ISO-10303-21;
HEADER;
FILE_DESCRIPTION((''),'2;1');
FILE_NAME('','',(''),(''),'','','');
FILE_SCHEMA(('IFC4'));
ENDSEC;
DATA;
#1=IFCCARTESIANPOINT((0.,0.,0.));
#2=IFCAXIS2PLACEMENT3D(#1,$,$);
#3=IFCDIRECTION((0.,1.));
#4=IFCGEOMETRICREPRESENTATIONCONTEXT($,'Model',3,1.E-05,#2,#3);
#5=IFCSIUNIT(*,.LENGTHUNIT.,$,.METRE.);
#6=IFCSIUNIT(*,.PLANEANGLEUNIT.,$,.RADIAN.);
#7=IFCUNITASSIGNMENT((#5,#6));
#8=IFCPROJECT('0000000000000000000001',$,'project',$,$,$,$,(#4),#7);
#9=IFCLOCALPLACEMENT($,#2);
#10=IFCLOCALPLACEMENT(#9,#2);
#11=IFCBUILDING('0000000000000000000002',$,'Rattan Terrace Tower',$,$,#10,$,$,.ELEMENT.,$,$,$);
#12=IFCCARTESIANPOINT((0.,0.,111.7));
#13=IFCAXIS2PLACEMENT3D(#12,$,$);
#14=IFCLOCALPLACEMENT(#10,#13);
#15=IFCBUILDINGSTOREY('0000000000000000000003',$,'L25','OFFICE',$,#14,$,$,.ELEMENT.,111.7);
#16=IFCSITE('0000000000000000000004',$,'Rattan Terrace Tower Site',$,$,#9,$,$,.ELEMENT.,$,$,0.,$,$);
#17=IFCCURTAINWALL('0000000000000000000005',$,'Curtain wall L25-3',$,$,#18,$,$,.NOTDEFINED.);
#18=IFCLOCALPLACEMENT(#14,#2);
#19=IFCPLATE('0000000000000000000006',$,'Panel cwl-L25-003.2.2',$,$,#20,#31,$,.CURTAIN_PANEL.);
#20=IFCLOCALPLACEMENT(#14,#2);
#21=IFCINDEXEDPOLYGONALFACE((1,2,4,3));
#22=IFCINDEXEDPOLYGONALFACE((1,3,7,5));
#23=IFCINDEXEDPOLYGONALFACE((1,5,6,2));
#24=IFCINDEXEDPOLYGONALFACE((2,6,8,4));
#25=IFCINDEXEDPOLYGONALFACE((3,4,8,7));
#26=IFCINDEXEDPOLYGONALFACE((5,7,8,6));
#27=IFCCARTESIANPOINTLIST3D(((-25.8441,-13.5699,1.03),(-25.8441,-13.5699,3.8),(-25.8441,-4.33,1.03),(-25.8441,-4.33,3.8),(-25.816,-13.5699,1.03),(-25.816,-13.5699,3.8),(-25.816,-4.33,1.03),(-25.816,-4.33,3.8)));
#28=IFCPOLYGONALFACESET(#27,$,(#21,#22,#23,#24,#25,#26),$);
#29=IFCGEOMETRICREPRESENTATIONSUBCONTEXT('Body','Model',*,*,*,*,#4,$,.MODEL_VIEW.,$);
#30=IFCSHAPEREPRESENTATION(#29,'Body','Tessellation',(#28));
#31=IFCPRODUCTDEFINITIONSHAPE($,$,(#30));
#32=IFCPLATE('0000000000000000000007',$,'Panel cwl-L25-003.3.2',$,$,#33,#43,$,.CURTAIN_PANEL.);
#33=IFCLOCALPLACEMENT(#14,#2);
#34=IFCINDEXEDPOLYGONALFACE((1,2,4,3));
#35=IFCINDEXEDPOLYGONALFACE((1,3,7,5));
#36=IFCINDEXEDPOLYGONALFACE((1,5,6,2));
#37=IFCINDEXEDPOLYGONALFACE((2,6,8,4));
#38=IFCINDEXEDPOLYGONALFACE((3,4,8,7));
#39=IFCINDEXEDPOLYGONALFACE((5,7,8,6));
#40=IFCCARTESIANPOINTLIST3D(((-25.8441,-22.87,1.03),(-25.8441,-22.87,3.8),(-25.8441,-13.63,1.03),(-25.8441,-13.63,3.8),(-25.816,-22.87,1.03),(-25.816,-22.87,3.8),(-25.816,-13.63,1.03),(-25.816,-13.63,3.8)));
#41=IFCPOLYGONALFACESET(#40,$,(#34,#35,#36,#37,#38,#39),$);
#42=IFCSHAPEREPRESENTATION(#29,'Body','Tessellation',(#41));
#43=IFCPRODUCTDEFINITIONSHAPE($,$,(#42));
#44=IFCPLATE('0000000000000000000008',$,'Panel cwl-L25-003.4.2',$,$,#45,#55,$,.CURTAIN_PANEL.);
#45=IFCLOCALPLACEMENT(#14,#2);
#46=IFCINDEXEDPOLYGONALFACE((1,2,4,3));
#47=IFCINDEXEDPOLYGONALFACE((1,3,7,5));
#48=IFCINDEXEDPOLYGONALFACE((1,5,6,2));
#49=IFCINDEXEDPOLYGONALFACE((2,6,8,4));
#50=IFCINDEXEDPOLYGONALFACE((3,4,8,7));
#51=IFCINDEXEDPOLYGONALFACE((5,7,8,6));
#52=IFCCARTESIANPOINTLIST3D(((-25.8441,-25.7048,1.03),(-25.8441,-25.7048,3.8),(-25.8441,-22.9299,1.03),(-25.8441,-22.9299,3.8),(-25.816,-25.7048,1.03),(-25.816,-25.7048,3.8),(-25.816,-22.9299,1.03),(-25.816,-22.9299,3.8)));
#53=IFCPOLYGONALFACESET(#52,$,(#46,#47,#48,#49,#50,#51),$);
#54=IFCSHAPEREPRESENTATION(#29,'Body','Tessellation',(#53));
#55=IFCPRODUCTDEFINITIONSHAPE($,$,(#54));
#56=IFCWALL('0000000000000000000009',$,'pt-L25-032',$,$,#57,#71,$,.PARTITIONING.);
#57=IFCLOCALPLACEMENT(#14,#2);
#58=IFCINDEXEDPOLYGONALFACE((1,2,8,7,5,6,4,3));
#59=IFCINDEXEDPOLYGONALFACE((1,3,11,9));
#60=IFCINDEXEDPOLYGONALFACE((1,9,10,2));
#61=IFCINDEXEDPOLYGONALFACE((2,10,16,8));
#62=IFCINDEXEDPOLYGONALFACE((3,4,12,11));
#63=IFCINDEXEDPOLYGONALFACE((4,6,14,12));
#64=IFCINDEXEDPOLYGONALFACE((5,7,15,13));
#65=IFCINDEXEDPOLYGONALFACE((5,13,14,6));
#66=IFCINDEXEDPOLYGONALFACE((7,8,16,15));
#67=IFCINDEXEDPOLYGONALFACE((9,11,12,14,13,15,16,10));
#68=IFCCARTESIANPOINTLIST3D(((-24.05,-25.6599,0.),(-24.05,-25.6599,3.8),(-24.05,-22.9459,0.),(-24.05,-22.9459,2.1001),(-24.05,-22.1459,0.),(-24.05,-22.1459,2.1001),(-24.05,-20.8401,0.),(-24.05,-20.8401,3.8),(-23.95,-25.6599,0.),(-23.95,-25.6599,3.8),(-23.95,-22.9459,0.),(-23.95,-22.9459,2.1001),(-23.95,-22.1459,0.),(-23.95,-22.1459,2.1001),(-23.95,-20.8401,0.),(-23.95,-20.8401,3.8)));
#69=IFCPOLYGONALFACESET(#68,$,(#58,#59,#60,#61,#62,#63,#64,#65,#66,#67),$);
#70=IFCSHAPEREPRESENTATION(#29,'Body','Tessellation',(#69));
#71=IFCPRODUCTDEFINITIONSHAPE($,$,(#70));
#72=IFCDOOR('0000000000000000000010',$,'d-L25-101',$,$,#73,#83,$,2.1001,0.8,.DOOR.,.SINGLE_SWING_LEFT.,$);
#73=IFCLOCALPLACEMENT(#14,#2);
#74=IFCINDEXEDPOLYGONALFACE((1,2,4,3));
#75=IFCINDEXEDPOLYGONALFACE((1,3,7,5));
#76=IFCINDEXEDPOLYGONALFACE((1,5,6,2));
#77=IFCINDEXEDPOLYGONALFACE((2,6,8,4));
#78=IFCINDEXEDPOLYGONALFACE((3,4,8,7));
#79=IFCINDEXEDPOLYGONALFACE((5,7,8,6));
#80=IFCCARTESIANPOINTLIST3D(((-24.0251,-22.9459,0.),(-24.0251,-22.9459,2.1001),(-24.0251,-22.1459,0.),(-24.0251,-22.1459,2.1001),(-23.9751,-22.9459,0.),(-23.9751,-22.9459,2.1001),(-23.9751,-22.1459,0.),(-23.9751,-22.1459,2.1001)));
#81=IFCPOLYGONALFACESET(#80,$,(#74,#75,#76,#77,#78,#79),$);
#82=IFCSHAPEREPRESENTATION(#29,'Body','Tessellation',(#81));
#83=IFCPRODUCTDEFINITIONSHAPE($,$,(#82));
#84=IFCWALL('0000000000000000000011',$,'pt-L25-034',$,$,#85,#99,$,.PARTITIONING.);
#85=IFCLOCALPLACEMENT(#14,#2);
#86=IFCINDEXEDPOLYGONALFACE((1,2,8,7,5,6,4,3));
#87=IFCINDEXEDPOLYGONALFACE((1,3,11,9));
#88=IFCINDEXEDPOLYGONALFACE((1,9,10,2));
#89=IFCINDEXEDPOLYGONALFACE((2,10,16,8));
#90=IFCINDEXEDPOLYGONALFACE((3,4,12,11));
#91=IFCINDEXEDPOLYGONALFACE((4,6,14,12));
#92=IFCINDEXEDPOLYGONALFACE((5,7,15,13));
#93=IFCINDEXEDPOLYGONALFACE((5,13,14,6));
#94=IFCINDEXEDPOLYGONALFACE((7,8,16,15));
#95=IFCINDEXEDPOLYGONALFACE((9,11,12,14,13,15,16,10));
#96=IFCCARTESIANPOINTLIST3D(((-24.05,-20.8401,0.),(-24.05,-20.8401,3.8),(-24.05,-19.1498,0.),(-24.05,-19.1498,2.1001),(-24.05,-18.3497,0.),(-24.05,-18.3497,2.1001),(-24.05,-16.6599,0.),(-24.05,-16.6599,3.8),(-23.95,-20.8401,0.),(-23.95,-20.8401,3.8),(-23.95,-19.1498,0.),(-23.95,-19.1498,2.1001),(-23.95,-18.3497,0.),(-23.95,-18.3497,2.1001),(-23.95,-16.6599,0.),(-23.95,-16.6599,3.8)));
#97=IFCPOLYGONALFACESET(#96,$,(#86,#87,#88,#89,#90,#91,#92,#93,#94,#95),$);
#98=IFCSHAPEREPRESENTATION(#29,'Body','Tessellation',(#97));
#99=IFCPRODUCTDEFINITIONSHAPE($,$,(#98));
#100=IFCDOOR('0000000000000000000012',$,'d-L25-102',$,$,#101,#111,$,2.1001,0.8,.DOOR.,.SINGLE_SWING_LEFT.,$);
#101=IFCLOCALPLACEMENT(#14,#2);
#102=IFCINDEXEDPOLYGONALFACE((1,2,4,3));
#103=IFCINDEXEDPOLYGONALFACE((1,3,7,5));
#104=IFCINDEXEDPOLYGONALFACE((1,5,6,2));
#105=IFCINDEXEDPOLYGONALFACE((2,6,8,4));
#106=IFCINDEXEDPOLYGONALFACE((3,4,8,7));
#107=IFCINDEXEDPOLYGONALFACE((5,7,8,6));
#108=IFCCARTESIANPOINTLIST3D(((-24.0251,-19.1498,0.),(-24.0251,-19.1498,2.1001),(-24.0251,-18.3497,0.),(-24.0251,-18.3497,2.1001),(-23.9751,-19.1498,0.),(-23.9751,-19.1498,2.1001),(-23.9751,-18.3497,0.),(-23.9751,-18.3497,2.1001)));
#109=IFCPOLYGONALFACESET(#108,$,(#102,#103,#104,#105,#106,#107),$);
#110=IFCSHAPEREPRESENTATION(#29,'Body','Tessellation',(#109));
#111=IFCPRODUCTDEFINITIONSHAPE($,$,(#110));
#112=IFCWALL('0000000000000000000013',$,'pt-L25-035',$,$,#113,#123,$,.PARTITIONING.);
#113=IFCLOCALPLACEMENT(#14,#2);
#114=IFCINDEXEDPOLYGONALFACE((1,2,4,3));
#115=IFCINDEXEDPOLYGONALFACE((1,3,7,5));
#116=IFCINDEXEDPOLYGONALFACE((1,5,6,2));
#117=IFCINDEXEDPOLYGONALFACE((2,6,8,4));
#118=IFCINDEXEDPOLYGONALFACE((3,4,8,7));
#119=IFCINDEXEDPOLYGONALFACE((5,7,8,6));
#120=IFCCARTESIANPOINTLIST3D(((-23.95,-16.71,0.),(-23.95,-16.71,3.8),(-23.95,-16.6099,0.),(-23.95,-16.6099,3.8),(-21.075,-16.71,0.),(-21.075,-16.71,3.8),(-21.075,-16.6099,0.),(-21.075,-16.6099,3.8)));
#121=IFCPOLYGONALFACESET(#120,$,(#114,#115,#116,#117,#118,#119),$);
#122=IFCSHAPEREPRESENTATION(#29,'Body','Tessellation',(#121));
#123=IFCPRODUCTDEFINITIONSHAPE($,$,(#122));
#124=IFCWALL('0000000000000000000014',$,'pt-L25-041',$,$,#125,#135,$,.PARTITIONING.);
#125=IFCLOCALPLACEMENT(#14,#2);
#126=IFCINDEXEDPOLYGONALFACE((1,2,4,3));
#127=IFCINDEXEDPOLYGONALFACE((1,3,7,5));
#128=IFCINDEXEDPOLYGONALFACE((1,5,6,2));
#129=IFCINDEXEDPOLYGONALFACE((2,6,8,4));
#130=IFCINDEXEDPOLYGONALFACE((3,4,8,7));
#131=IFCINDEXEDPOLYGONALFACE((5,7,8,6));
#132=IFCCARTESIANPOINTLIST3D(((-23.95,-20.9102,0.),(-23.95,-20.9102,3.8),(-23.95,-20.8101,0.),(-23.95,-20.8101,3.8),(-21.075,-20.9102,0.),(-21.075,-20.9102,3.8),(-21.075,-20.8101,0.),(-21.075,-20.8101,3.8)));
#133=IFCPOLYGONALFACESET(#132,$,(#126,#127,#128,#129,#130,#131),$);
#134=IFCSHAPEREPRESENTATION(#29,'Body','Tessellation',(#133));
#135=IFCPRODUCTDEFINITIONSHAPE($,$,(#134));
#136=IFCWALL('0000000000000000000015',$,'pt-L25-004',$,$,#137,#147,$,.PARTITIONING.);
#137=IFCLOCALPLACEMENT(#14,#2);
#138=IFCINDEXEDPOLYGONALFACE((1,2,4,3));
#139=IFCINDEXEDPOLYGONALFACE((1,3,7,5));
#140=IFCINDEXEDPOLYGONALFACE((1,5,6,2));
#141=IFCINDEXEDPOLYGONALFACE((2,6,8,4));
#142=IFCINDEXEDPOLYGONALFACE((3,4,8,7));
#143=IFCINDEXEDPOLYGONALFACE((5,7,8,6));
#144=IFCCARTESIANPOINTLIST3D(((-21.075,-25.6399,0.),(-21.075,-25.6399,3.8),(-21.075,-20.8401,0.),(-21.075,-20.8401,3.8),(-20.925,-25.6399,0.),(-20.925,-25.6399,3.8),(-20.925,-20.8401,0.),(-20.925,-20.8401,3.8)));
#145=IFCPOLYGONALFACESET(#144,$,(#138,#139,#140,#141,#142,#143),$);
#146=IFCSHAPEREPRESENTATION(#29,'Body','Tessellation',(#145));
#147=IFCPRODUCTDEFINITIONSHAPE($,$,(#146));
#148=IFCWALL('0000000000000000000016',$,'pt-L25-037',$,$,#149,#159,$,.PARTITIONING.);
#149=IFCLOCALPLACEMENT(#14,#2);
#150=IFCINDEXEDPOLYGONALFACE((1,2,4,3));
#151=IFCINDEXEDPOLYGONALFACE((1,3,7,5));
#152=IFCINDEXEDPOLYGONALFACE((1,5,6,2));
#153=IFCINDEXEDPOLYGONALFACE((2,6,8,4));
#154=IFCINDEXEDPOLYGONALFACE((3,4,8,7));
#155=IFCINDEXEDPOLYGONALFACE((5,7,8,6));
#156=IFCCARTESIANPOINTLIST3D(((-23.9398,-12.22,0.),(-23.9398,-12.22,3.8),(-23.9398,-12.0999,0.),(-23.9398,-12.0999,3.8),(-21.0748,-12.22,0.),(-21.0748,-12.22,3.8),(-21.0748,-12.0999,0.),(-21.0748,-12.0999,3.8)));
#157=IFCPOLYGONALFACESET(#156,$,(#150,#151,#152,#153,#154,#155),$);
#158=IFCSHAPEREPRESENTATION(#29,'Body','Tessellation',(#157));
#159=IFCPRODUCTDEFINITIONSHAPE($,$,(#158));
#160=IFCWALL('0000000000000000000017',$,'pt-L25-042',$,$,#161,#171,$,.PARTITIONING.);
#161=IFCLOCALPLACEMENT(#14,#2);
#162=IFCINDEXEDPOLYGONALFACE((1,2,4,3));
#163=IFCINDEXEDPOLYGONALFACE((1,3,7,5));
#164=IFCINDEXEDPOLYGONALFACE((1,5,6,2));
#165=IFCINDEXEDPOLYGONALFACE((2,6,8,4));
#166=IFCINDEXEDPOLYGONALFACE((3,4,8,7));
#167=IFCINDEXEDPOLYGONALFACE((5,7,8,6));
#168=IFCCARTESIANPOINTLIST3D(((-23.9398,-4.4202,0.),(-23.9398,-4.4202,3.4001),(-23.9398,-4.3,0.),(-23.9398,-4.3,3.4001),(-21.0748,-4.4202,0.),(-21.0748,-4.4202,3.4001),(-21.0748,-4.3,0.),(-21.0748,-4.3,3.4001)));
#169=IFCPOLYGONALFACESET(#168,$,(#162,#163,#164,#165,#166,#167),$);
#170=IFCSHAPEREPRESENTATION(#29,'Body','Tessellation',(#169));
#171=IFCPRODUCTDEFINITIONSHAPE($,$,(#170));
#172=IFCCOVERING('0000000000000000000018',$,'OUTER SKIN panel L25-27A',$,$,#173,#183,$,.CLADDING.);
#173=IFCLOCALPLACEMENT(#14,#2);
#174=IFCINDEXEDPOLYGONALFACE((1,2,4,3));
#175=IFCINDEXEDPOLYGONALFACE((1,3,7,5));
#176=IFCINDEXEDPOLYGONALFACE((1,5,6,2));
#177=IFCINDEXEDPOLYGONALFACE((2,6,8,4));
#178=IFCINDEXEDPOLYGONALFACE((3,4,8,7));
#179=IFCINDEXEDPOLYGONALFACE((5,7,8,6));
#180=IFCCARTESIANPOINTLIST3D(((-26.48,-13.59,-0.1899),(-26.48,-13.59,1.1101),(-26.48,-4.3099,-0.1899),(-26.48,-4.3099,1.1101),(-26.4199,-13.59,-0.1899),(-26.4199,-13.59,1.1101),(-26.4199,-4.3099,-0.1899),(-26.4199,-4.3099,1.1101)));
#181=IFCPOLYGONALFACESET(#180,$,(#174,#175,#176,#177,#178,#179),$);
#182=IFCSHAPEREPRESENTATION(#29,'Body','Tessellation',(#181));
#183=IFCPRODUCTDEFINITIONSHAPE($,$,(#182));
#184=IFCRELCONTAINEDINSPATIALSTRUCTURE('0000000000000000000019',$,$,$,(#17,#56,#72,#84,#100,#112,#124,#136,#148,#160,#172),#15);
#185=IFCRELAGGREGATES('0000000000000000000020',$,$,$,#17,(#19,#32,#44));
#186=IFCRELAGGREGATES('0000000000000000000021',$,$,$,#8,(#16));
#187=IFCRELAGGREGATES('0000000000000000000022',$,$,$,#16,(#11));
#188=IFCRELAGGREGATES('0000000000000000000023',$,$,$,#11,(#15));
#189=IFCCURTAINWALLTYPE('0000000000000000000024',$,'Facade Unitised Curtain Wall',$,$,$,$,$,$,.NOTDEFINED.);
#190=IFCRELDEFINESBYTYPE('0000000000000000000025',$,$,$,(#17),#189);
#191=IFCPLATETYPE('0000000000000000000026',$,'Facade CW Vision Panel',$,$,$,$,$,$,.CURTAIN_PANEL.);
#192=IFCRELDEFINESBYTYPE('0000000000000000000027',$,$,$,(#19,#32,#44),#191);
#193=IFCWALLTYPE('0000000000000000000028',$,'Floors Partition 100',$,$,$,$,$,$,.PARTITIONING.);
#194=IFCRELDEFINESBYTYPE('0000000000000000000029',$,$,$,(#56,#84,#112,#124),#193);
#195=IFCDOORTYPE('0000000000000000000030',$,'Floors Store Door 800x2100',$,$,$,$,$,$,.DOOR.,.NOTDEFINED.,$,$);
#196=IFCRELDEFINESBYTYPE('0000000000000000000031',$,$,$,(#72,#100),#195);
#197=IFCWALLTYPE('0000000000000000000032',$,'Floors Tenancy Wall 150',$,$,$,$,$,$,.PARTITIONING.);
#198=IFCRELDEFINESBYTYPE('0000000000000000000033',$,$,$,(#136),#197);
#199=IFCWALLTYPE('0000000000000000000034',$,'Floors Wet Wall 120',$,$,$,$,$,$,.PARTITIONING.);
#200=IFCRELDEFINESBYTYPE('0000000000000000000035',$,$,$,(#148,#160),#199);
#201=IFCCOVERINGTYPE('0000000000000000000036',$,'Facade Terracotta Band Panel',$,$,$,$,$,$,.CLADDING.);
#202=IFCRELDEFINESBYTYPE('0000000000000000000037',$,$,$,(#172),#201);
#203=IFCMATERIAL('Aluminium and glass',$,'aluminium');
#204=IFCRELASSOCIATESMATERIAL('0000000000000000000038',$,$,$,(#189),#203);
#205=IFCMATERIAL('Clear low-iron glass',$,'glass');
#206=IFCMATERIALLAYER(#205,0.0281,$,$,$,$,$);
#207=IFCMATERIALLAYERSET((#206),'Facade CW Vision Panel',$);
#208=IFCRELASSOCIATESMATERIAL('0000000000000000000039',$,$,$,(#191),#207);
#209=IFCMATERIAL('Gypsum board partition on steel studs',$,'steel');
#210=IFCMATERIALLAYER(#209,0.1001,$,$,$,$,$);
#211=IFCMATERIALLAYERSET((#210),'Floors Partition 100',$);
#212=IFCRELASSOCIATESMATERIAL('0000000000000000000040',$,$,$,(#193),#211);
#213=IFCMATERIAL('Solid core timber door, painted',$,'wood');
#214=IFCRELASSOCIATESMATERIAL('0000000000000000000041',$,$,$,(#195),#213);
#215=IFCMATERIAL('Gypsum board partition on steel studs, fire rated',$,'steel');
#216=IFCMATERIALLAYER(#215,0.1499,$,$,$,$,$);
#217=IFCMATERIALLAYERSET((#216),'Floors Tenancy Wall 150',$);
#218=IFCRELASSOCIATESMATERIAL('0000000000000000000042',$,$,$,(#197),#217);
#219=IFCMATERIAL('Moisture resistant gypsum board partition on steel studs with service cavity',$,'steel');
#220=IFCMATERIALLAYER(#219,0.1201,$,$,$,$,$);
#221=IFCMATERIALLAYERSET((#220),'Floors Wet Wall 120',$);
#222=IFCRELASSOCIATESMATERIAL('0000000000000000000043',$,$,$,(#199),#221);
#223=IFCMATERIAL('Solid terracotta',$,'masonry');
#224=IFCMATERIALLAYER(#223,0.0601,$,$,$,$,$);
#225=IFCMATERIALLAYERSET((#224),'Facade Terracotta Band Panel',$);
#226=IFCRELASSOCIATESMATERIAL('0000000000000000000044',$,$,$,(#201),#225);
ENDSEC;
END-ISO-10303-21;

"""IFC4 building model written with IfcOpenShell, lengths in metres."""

from ifc_helpers import new_model, si_unit, direction, frame, frame_2d, origin, origin_2d, place, context, subcontext, project, spatial, rectangle, extrude, material, layer, layer_set, type_object, element, fill, aggregate, save


model = new_model("IFC4")

# Units and contexts
model_context = context("Model", 3, precision=1e-05, world=origin(), true_north=direction((0.0, 1.0)))
body_context = subcontext(model_context, "Body", "Model", "MODEL_VIEW")
ifc_project = project(units=[si_unit("LENGTHUNIT", "METRE"), si_unit("PLANEANGLEUNIT", "RADIAN")], contexts=[model_context])

# Site, building, storey
site_placement = place(None, origin())
site = spatial("IfcSite", under=ifc_project, at=site_placement, Name="Rattan Terrace Tower Site", CompositionType="ELEMENT", RefElevation=0.0)
building_placement = place(site_placement, origin())
building = spatial("IfcBuilding", under=site, at=building_placement, Name="Rattan Terrace Tower", CompositionType="ELEMENT")
storey_placement = place(building_placement, frame((0.0, 0.0, 111.7)))
storey = spatial("IfcBuildingStorey", under=building, at=storey_placement, Name="L25", Description="OFFICE", CompositionType="ELEMENT", Elevation=111.7)

# Curtain wall
ifc_material_1 = material(Name="Aluminium and glass", Category="aluminium")
curtain_wall_type = type_object("IfcCurtainWallType", Name="Facade Unitised Curtain Wall", PredefinedType="NOTDEFINED", material=ifc_material_1)
curtain_wall_placement = place(storey_placement, origin())
curtain_wall = element("IfcCurtainWall", 1, at=curtain_wall_placement, inside=storey, type_object=curtain_wall_type, Name="Curtain wall L25-3", PredefinedType="NOTDEFINED")

# Plates
ifc_material_2 = material(Name="Clear low-iron glass", Category="glass")
ifc_layer_1 = layer(ifc_material_2, 0.0281)
ifc_layer_set_1 = layer_set([ifc_layer_1], Name="Facade CW Vision Panel")
plate_type_1 = type_object("IfcPlateType", Name="Facade CW Vision Panel", PredefinedType="CURTAIN_PANEL", material=ifc_layer_set_1)
plate_1_placement = place(storey_placement, frame((-25.8301, -8.95, 1.03), z_axis=(0.0, 0.0, 1.0), x_axis=(0.0, -1.0, 0.0)))
plate_1 = element("IfcPlate", 2, at=plate_1_placement, type_object=plate_type_1, Name="Panel cwl-L25-003.2.2", PredefinedType="CURTAIN_PANEL", context=body_context, shape_type="SweptSolid", body=[
    extrude(rectangle(XDim=9.24, YDim=0.0281, at=origin_2d()), origin(), (0.0, 0.0, 1.0), 2.77),
])
plate_2_placement = place(storey_placement, frame((-25.8301, -18.25, 1.03), z_axis=(0.0, 0.0, 1.0), x_axis=(0.0, -1.0, 0.0)))
plate_2 = element("IfcPlate", 3, at=plate_2_placement, type_object=plate_type_1, Name="Panel cwl-L25-003.3.2", PredefinedType="CURTAIN_PANEL", context=body_context, shape_type="SweptSolid", body=[
    extrude(rectangle(XDim=9.24, YDim=0.0281, at=origin_2d()), origin(), (0.0, 0.0, 1.0), 2.77),
])
plate_3_placement = place(storey_placement, frame((-25.8301, -24.3174, 1.03), z_axis=(0.0, 0.0, 1.0), x_axis=(0.0, -1.0, 0.0)))
plate_3 = element("IfcPlate", 4, at=plate_3_placement, type_object=plate_type_1, Name="Panel cwl-L25-003.4.2", PredefinedType="CURTAIN_PANEL", context=body_context, shape_type="SweptSolid", body=[
    extrude(rectangle(XDim=2.7749, YDim=0.0281, at=origin_2d()), origin(), (0.0, 0.0, 1.0), 2.77),
])
aggregate(curtain_wall, [plate_1, plate_2, plate_3])

# Walls, openings, doors
ifc_material_3 = material(Name="Gypsum board partition on steel studs", Category="steel")
ifc_layer_2 = layer(ifc_material_3, 0.1001)
ifc_layer_set_2 = layer_set([ifc_layer_2], Name="Floors Partition 100")
wall_type_1 = type_object("IfcWallType", Name="Floors Partition 100", PredefinedType="PARTITIONING", material=ifc_layer_set_2)
wall_1_placement = place(storey_placement, frame((-24.0, -20.8401, 0.0), z_axis=(0.0, 0.0, 1.0), x_axis=(0.0, -1.0, 0.0)))
wall_1 = element("IfcWall", 5, at=wall_1_placement, inside=storey, type_object=wall_type_1, Name="pt-L25-032", PredefinedType="PARTITIONING", context=body_context, shape_type="SweptSolid", body=[
    extrude(rectangle(XDim=4.8198, YDim=0.1001, at=frame_2d((2.4099, 0.0))), origin(), (0.0, 0.0, 1.0), 3.8),
])
opening_1_placement = place(wall_1_placement, frame((1.3059, 0.0, 0.0)))
opening_1 = element("IfcOpeningElement", 6, at=opening_1_placement, cuts=wall_1, PredefinedType="OPENING", context=body_context, shape_type="SweptSolid", body=[
    extrude(rectangle(XDim=0.8, YDim=2.1001, at=frame_2d((0.3999, 1.05))), frame((0.0, 0.0605, 0.0), z_axis=(0.0, -1.0, 0.0), x_axis=(1.0, 0.0, 0.0)), (0.0, 0.0, 1.0), 0.1211),
])
ifc_material_4 = material(Name="Solid core timber door, painted", Category="wood")
door_type = type_object("IfcDoorType", Name="Floors Store Door 800x2100", OperationType="NOTDEFINED", PredefinedType="DOOR", material=ifc_material_4)
door_1_placement = place(opening_1_placement, origin())
door_1 = element("IfcDoor", 7, at=door_1_placement, inside=storey, type_object=door_type, Name="d-L25-101", OperationType="SINGLE_SWING_LEFT", OverallHeight=2.1001, OverallWidth=0.8, PredefinedType="DOOR", context=body_context, shape_type="SweptSolid", body=[
    extrude(rectangle(XDim=0.8, YDim=2.1001, at=frame_2d((0.3999, 1.05))), frame((0.0, 0.0249, 0.0), z_axis=(0.0, -1.0, 0.0), x_axis=(1.0, 0.0, 0.0)), (0.0, 0.0, 1.0), 0.05),
])
fill(opening_1, door_1)
wall_2_placement = place(storey_placement, frame((-24.0, -16.6599, 0.0), z_axis=(0.0, 0.0, 1.0), x_axis=(0.0, -1.0, 0.0)))
wall_2 = element("IfcWall", 8, at=wall_2_placement, inside=storey, type_object=wall_type_1, Name="pt-L25-034", PredefinedType="PARTITIONING", context=body_context, shape_type="SweptSolid", body=[
    extrude(rectangle(XDim=4.1802, YDim=0.1001, at=frame_2d((2.0901, 0.0))), origin(), (0.0, 0.0, 1.0), 3.8),
])
opening_2_placement = place(wall_2_placement, frame((1.6899, 0.0, 0.0)))
opening_2 = element("IfcOpeningElement", 9, at=opening_2_placement, cuts=wall_2, PredefinedType="OPENING", context=body_context, shape_type="SweptSolid", body=[
    extrude(rectangle(XDim=0.8, YDim=2.1001, at=frame_2d((0.3999, 1.05))), frame((0.0, 0.0605, 0.0), z_axis=(0.0, -1.0, 0.0), x_axis=(1.0, 0.0, 0.0)), (0.0, 0.0, 1.0), 0.1211),
])
door_2_placement = place(opening_2_placement, origin())
door_2 = element("IfcDoor", 10, at=door_2_placement, inside=storey, type_object=door_type, Name="d-L25-102", OperationType="SINGLE_SWING_LEFT", OverallHeight=2.1001, OverallWidth=0.8, PredefinedType="DOOR", context=body_context, shape_type="SweptSolid", body=[
    extrude(rectangle(XDim=0.8, YDim=2.1001, at=frame_2d((0.3999, 1.05))), frame((0.0, 0.0249, 0.0), z_axis=(0.0, -1.0, 0.0), x_axis=(1.0, 0.0, 0.0)), (0.0, 0.0, 1.0), 0.05),
])
fill(opening_2, door_2)

# Walls
for number, where, z_axis, x_axis, name in (
    (11, (-21.075, -16.6599, 0.0), (0.0, 0.0, 1.0), (-1.0, 0.0, 0.0), "pt-L25-035"),
    (12, (-23.95, -20.8601, 0.0), (0.0, 0.0, 1.0), (1.0, 0.0, 0.0), "pt-L25-041"),
):
    element("IfcWall", number, at=place(storey_placement, frame(where, z_axis=z_axis, x_axis=x_axis)), inside=storey, type_object=wall_type_1, Name=name, PredefinedType="PARTITIONING", context=body_context, shape_type="SweptSolid", body=[
        extrude(rectangle(XDim=2.875, YDim=0.1001, at=frame_2d((1.4375, 0.0))), origin(), (0.0, 0.0, 1.0), 3.8),
    ])
ifc_material_5 = material(Name="Gypsum board partition on steel studs, fire rated", Category="steel")
ifc_layer_3 = layer(ifc_material_5, 0.1499)
ifc_layer_set_3 = layer_set([ifc_layer_3], Name="Floors Tenancy Wall 150")
wall_type_2 = type_object("IfcWallType", Name="Floors Tenancy Wall 150", PredefinedType="PARTITIONING", material=ifc_layer_set_3)
wall_3_placement = place(storey_placement, frame((-21.0, -25.6399, 0.0), z_axis=(0.0, 0.0, 1.0), x_axis=(0.0, 1.0, 0.0)))
element("IfcWall", 13, at=wall_3_placement, inside=storey, type_object=wall_type_2, Name="pt-L25-004", PredefinedType="PARTITIONING", context=body_context, shape_type="SweptSolid", body=[
    extrude(rectangle(XDim=4.7998, YDim=0.1499, at=frame_2d((2.3999, 0.0))), origin(), (0.0, 0.0, 1.0), 3.8),
])
ifc_material_6 = material(Name="Moisture resistant gypsum board partition on steel studs with service cavity", Category="steel")
ifc_layer_4 = layer(ifc_material_6, 0.1201)
ifc_layer_set_4 = layer_set([ifc_layer_4], Name="Floors Wet Wall 120")
wall_type_3 = type_object("IfcWallType", Name="Floors Wet Wall 120", PredefinedType="PARTITIONING", material=ifc_layer_set_4)
wall_4_placement = place(storey_placement, frame((-23.9399, -12.1599, 0.0), z_axis=(0.0, 0.0, 1.0), x_axis=(1.0, 0.0, 0.0)))
element("IfcWall", 14, at=wall_4_placement, inside=storey, type_object=wall_type_3, Name="pt-L25-037", PredefinedType="PARTITIONING", context=body_context, shape_type="SweptSolid", body=[
    extrude(rectangle(XDim=2.865, YDim=0.1201, at=frame_2d((1.4326, 0.0))), origin(), (0.0, 0.0, 1.0), 3.8),
])
wall_5_placement = place(storey_placement, frame((-23.9399, -4.3601, 0.0), z_axis=(0.0, 0.0, 1.0), x_axis=(1.0, 0.0, 0.0)))
element("IfcWall", 15, at=wall_5_placement, inside=storey, type_object=wall_type_3, Name="pt-L25-042", PredefinedType="PARTITIONING", context=body_context, shape_type="SweptSolid", body=[
    extrude(rectangle(XDim=2.865, YDim=0.1201, at=frame_2d((1.4326, 0.0))), origin(), (0.0, 0.0, 1.0), 3.4001),
])

# Covering
ifc_material_7 = material(Name="Solid terracotta", Category="masonry")
ifc_layer_5 = layer(ifc_material_7, 0.0601)
ifc_layer_set_5 = layer_set([ifc_layer_5], Name="Facade Terracotta Band Panel")
covering_type_1 = type_object("IfcCoveringType", Name="Facade Terracotta Band Panel", PredefinedType="CLADDING", material=ifc_layer_set_5)
for number, where, z_axis, x_axis, name in (
    (16, (-26.45, -8.95, -0.1899), (0.0, 0.0, 1.0), (0.0, -1.0, 0.0), "OUTER SKIN panel L25-27A"),
):
    element("IfcCovering", number, at=place(storey_placement, frame(where, z_axis=z_axis, x_axis=x_axis)), inside=storey, type_object=covering_type_1, Name=name, PredefinedType="CLADDING", context=body_context, shape_type="SweptSolid", body=[
        extrude(rectangle(XDim=9.28, YDim=0.0601, at=origin_2d()), origin(), (0.0, 0.0, 1.0), 1.3),
    ])

save(model, "model.ifc")
